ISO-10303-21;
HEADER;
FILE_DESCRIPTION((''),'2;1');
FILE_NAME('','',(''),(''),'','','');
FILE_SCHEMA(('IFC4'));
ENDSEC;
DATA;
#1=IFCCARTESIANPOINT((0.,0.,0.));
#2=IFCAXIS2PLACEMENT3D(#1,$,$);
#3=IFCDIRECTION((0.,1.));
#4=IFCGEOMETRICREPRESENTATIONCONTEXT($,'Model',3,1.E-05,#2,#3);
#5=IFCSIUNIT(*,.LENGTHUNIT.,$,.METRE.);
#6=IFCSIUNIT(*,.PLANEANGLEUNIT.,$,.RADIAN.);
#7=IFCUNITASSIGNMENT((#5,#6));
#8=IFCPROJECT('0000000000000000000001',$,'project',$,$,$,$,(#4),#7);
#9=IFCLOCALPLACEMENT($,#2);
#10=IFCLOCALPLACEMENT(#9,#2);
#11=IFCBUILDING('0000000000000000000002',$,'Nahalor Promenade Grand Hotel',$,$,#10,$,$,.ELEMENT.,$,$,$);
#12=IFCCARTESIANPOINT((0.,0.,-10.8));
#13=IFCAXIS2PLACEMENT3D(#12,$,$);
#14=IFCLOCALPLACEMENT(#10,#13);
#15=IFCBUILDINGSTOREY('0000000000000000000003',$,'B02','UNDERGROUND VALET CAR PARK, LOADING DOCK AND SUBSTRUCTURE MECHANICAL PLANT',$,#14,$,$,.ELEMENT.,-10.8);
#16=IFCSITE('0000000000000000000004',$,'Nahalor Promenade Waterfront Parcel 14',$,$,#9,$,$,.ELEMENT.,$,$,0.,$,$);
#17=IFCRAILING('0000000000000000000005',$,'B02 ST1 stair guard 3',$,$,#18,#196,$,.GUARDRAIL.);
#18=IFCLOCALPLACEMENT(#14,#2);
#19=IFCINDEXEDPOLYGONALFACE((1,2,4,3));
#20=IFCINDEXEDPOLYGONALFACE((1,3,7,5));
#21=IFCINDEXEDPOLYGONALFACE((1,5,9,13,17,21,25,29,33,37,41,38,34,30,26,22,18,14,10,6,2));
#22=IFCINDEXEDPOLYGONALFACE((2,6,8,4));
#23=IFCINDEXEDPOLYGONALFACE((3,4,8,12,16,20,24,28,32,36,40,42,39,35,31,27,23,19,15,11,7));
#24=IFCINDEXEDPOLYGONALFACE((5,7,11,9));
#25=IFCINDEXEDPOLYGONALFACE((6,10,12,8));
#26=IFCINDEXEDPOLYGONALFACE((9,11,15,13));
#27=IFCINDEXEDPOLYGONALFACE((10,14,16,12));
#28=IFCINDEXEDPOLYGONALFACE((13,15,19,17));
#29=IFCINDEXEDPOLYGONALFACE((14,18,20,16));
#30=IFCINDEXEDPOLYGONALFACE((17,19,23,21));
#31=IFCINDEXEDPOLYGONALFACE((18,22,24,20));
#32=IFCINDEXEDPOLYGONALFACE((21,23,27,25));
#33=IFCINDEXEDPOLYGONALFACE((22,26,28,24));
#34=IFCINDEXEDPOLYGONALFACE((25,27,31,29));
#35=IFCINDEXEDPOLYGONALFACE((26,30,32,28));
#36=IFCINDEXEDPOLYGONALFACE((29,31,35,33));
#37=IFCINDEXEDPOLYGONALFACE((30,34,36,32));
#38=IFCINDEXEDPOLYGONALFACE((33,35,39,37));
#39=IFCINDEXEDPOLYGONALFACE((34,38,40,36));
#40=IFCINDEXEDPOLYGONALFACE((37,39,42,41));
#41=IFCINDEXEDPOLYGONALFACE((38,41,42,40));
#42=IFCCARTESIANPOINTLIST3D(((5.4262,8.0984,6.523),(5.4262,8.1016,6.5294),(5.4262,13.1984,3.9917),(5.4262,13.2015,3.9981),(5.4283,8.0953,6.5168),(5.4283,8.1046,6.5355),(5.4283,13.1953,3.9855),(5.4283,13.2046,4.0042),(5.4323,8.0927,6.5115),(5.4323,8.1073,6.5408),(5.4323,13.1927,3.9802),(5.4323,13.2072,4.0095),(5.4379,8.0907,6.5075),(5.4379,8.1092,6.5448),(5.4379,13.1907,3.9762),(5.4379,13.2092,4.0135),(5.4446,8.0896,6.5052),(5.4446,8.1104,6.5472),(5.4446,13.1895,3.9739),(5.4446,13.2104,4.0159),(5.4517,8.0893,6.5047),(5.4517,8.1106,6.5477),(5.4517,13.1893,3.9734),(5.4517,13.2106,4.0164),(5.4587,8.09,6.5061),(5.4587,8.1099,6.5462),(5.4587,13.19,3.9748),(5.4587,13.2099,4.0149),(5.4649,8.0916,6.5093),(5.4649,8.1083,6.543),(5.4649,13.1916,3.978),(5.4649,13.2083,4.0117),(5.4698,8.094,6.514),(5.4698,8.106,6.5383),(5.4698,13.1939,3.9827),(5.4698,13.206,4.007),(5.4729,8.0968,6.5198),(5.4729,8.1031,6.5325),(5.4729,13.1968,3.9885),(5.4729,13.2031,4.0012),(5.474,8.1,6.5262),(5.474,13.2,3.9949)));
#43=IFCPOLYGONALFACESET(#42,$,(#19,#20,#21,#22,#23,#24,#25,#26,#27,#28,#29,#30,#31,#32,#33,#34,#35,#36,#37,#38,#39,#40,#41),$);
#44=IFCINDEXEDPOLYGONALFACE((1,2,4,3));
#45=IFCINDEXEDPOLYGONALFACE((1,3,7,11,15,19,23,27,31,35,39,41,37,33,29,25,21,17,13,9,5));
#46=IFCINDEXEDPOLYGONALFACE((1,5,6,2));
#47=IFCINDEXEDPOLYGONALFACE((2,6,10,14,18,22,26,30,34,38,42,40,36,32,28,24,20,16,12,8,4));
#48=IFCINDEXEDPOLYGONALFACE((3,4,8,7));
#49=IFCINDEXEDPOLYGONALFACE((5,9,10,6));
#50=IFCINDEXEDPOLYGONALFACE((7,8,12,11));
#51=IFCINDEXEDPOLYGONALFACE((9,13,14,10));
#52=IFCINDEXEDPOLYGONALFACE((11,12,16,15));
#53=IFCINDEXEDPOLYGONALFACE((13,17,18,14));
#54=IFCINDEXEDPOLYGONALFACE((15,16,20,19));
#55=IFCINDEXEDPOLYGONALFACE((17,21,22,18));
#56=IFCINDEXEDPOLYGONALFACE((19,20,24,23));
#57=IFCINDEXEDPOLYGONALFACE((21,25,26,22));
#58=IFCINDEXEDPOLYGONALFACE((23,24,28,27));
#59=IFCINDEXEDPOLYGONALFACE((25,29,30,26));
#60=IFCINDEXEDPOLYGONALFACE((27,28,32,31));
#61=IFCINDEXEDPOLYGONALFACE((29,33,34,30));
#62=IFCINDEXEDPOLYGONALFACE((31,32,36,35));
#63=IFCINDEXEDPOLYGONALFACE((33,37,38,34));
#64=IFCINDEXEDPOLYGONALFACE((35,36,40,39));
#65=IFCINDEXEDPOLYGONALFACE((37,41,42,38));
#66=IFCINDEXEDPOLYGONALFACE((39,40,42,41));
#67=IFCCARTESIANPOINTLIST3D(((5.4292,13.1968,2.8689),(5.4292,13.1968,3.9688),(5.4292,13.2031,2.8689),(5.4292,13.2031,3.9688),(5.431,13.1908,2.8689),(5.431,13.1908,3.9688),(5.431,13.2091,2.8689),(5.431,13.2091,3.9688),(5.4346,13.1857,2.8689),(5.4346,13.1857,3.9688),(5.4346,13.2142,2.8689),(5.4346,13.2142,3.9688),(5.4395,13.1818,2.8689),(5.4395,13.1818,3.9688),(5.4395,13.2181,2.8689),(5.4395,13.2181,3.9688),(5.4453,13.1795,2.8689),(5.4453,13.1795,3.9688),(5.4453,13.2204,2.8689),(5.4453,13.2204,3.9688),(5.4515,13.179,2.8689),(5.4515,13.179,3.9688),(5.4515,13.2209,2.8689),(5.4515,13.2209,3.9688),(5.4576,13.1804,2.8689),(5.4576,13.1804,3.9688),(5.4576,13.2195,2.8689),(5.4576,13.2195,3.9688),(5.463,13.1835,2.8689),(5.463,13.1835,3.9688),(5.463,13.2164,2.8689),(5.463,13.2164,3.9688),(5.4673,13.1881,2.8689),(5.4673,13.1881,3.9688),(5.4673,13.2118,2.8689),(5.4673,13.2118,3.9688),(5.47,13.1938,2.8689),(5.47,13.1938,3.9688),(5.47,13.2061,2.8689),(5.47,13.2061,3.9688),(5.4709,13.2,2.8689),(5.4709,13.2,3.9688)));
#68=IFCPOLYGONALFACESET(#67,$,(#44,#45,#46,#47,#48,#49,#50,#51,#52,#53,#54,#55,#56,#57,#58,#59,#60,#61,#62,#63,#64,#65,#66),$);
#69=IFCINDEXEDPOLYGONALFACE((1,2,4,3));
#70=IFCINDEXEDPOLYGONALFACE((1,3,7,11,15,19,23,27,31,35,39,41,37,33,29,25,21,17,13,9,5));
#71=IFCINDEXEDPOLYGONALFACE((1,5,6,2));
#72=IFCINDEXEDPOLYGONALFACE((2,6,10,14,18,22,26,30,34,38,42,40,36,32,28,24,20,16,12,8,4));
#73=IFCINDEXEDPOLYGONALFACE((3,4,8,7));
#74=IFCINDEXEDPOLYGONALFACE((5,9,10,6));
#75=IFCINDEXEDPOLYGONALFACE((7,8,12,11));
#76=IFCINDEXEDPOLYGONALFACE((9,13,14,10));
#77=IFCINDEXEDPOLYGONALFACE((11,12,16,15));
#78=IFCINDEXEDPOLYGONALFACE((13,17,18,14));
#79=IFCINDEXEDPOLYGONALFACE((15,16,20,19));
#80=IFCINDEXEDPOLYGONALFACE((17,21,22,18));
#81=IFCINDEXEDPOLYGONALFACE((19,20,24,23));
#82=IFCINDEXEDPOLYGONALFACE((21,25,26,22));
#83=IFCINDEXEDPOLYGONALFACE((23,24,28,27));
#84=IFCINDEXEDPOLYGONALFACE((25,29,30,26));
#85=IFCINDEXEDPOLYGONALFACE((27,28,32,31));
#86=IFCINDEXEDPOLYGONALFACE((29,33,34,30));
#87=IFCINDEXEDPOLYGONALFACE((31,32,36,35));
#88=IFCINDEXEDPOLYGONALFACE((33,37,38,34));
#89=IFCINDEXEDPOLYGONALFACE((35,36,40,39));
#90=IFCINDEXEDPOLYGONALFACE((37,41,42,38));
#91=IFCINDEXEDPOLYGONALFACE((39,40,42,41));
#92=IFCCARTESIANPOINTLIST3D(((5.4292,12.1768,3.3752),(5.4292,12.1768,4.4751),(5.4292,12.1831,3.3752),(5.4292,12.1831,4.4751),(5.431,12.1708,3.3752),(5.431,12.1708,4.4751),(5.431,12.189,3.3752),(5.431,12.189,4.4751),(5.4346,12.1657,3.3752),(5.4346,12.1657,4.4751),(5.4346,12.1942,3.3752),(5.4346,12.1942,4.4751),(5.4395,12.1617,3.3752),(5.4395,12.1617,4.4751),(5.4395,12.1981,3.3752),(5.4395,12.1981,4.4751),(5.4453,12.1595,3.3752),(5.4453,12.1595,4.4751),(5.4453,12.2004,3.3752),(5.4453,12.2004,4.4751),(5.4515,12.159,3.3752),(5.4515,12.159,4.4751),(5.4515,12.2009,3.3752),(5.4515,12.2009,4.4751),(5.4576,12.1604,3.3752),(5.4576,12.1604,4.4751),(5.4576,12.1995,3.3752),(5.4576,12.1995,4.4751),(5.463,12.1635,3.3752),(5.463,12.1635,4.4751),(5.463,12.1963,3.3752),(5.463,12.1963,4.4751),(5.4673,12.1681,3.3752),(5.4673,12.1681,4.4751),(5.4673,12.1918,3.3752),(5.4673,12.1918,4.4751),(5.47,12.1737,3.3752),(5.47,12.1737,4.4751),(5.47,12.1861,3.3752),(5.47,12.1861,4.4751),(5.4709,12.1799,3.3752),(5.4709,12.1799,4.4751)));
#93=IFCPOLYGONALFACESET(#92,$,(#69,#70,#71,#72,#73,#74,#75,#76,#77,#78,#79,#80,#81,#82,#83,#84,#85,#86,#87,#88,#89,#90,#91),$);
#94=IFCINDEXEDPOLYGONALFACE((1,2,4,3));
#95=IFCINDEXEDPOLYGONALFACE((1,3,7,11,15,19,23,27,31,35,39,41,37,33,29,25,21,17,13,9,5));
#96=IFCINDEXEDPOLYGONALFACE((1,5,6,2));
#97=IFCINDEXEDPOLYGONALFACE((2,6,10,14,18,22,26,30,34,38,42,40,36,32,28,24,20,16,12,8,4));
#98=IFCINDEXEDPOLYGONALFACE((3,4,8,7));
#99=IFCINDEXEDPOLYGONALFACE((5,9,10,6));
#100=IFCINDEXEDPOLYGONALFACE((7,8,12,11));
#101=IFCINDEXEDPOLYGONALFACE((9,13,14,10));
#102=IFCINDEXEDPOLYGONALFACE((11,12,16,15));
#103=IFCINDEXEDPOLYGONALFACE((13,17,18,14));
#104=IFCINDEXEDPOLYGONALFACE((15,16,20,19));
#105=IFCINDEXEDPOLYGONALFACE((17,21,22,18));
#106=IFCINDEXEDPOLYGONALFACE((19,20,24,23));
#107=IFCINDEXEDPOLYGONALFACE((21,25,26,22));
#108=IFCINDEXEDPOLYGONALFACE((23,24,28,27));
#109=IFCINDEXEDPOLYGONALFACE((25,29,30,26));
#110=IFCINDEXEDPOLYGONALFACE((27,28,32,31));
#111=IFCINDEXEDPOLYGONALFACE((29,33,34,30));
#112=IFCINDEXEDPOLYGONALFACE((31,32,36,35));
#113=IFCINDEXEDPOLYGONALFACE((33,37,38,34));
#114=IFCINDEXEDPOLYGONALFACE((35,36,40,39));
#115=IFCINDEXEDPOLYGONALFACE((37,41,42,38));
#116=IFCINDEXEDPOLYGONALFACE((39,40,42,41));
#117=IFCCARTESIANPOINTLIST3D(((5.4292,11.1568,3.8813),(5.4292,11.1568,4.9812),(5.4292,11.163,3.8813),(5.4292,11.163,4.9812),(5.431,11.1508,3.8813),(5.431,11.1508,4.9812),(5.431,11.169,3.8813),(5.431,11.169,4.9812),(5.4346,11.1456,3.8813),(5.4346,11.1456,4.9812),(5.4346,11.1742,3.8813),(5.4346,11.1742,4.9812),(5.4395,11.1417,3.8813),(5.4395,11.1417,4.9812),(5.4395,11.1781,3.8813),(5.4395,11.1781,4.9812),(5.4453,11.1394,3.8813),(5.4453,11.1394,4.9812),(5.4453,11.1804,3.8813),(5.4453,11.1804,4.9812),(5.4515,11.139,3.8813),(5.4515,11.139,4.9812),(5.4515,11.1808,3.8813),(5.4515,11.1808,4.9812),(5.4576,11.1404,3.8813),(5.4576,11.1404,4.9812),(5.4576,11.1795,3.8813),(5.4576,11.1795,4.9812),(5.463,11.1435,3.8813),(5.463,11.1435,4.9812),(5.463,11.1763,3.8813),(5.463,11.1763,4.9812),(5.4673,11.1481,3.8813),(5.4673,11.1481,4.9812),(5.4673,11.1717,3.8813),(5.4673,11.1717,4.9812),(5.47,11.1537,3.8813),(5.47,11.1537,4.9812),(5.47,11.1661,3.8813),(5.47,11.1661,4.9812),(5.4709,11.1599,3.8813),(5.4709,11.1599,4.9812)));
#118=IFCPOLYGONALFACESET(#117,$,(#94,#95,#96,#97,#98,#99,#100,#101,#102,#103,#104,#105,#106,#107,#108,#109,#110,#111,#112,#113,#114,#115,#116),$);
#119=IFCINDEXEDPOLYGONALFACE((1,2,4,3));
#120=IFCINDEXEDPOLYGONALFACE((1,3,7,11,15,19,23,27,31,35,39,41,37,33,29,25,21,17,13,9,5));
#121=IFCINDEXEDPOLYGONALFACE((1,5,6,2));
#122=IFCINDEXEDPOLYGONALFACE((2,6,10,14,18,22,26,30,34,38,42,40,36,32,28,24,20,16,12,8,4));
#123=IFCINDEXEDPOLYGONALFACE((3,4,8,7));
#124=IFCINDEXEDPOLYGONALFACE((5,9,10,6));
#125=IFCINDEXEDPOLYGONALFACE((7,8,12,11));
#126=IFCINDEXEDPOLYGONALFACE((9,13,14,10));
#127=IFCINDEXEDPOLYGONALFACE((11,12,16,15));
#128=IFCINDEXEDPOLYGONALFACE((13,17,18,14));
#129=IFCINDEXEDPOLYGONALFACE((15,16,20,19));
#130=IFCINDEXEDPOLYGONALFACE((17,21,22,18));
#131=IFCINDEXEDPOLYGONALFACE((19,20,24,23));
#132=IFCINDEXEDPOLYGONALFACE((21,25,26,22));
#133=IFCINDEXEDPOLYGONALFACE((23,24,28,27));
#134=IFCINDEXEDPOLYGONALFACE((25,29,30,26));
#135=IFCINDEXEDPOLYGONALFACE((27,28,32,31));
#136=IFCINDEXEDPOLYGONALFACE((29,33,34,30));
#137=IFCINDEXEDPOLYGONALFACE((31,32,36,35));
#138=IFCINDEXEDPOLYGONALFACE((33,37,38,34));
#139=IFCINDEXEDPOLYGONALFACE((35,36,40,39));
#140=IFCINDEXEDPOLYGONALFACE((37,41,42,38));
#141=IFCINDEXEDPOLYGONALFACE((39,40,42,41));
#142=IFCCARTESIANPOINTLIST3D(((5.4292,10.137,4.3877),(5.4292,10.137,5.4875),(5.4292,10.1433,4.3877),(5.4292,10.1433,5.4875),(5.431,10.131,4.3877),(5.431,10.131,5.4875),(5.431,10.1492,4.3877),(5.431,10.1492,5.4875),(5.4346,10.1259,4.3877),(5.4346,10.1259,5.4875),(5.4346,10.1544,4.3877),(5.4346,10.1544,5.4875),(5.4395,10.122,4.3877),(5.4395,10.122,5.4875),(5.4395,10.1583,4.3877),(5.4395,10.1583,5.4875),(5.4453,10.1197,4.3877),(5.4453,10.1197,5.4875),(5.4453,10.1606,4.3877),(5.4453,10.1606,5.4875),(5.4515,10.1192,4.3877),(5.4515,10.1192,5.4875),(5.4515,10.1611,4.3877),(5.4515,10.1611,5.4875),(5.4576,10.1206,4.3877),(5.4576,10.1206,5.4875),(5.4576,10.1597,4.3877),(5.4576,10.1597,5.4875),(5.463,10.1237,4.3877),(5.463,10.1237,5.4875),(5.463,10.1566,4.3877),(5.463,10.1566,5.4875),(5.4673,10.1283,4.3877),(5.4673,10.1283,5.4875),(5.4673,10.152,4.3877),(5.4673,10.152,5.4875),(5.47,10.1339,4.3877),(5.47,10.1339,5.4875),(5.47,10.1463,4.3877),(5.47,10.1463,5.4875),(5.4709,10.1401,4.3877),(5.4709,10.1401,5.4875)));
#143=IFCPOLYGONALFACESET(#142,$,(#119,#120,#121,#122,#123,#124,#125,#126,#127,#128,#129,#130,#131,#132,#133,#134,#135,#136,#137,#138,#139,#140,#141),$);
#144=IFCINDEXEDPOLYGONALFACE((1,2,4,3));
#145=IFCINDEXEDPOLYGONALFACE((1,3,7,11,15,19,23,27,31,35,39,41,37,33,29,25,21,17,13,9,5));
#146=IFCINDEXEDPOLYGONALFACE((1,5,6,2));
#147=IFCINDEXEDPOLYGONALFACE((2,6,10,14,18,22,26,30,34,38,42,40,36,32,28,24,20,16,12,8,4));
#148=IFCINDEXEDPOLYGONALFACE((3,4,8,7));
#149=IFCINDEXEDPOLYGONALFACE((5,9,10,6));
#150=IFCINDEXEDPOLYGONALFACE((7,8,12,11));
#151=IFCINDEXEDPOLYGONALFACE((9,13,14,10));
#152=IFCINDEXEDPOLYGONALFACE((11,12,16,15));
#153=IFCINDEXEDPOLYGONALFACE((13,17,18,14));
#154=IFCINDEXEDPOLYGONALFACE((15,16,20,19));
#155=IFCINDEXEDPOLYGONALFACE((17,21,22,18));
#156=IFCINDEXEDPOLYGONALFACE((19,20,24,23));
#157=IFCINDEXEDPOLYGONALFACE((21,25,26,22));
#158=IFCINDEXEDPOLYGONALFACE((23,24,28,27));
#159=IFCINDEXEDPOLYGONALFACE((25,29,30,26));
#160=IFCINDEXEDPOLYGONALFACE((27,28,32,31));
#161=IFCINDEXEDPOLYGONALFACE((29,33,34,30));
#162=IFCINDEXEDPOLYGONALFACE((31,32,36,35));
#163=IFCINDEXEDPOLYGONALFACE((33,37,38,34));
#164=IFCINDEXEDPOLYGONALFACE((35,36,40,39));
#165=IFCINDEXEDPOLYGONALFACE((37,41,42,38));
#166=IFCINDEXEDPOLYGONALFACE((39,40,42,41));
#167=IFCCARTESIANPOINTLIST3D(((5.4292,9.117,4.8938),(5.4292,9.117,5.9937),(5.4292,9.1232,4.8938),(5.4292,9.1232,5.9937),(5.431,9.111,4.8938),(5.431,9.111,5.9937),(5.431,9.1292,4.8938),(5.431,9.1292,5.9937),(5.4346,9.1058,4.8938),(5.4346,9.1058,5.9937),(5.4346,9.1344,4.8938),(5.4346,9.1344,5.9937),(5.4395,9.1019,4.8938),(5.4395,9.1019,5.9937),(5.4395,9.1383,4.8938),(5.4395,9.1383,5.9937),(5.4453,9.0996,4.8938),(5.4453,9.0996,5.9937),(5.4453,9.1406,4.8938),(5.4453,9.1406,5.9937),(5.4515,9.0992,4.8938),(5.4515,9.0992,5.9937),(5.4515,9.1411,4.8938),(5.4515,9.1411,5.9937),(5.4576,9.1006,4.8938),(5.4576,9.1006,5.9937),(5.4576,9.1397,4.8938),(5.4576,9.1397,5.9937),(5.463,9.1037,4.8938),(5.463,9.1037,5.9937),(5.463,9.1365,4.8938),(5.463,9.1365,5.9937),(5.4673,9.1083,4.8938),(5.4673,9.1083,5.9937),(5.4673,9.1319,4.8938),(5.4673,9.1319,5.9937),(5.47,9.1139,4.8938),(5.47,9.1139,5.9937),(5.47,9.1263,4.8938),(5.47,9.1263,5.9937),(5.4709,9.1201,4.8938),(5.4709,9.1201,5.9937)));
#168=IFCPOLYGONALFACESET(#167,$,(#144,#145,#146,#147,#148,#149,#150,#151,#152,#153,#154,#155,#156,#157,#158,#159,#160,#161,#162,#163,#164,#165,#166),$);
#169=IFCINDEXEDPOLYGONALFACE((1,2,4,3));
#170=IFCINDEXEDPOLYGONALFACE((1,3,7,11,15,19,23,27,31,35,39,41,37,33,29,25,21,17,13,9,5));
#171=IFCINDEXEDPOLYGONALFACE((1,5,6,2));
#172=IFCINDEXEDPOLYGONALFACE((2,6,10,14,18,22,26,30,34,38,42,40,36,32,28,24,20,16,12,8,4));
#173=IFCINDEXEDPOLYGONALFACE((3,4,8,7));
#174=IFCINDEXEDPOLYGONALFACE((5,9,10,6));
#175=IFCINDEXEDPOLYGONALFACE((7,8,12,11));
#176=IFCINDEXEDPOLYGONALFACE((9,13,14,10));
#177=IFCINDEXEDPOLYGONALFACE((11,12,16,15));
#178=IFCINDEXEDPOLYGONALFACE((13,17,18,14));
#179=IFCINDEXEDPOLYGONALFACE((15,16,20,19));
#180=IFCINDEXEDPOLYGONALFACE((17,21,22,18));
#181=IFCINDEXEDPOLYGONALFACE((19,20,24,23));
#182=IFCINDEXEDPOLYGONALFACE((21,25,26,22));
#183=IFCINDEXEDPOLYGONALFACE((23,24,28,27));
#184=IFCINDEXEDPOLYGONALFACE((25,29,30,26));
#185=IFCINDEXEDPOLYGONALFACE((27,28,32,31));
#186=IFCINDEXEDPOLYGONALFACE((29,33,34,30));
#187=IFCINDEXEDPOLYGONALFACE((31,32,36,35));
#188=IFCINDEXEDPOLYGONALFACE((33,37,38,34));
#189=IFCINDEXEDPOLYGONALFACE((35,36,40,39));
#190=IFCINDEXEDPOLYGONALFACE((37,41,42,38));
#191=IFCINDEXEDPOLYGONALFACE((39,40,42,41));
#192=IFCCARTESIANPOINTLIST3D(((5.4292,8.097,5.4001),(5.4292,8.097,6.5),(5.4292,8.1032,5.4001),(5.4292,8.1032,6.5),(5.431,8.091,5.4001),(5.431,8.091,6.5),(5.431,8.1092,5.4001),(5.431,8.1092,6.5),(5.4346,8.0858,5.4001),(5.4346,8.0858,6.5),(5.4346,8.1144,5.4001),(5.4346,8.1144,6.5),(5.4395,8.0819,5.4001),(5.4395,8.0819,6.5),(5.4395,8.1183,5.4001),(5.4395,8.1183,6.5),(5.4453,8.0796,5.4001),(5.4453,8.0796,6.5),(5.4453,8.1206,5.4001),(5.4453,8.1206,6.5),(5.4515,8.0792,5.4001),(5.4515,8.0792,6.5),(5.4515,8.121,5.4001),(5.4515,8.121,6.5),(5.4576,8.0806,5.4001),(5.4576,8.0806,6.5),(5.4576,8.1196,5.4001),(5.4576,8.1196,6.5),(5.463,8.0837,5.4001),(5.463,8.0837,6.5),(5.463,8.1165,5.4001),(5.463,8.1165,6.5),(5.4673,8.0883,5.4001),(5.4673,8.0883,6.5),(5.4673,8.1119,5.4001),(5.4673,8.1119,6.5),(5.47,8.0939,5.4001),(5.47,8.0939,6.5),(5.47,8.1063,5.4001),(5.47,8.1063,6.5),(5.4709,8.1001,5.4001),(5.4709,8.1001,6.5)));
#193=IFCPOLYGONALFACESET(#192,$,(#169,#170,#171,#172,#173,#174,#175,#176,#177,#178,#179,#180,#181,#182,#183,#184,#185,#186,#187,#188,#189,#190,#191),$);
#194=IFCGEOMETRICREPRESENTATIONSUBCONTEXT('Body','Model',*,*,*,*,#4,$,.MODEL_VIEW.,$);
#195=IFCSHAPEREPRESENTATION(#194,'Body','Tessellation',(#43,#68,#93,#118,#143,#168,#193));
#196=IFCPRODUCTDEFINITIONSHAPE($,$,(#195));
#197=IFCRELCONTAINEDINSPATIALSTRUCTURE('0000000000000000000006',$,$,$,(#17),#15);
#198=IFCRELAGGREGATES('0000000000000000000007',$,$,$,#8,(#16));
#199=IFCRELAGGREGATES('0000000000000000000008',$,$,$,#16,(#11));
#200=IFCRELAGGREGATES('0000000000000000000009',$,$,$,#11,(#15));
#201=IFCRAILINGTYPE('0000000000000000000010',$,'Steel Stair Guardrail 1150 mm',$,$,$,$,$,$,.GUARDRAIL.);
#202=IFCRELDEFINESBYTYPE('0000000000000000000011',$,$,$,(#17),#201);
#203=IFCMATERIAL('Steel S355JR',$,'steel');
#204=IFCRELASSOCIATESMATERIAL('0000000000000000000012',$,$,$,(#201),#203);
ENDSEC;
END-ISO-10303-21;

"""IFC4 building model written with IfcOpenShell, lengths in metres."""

from ifc_helpers import new_model, si_unit, direction, frame, origin, origin_2d, place, context, subcontext, project, spatial, circle, extrude, material, type_object, element, save


model = new_model("IFC4")

# Units and contexts
model_context = context("Model", 3, precision=1e-05, world=origin(), true_north=direction((0.0, 1.0)))
body_context = subcontext(model_context, "Body", "Model", "MODEL_VIEW")
ifc_project = project(units=[si_unit("LENGTHUNIT", "METRE"), si_unit("PLANEANGLEUNIT", "RADIAN")], contexts=[model_context])

# Site, building, storey
site_placement = place(None, origin())
site = spatial("IfcSite", under=ifc_project, at=site_placement, Name="Nahalor Promenade Waterfront Parcel 14", CompositionType="ELEMENT", RefElevation=0.0)
building_placement = place(site_placement, origin())
building = spatial("IfcBuilding", under=site, at=building_placement, Name="Nahalor Promenade Grand Hotel", CompositionType="ELEMENT")
storey_placement = place(building_placement, frame((0.0, 0.0, -10.8)))
storey = spatial("IfcBuildingStorey", under=building, at=storey_placement, Name="B02", Description="UNDERGROUND VALET CAR PARK, LOADING DOCK AND SUBSTRUCTURE MECHANICAL PLANT", CompositionType="ELEMENT", Elevation=-10.8)

# Shared definitions
ifc_material_1 = material(Name="Steel S355JR", Category="steel")

# Railing
railing_type_1 = type_object("IfcRailingType", Name="Steel Stair Guardrail 1150 mm", PredefinedType="GUARDRAIL", material=ifc_material_1)
railing_1_placement = place(storey_placement, frame((5.45, 13.2, 2.8689)))
element("IfcRailing", 1, at=railing_1_placement, inside=storey, type_object=railing_type_1, Name="B02 ST1 stair guard 3", PredefinedType="GUARDRAIL", context=body_context, shape_type="SweptSolid", body=[
    extrude(circle(Radius=0.024, at=origin_2d()), frame((0.0, 0.0, 1.126), z_axis=(0.0, -0.895735, 0.444587), x_axis=(1.0, 0.0, 0.0)), (0.0, 0.0, 1.0), 5.6936),
    extrude(circle(Radius=0.021, at=origin_2d()), origin(), (0.0, 0.0, 1.0), 1.0999),
    extrude(circle(Radius=0.021, at=origin_2d()), frame((0.0, -1.02, 0.5063)), (0.0, 0.0, 1.0), 1.0999),
    extrude(circle(Radius=0.021, at=origin_2d()), frame((0.0, -2.04, 1.0125)), (0.0, 0.0, 1.0), 1.0999),
    extrude(circle(Radius=0.021, at=origin_2d()), frame((0.0, -3.0598, 1.5188)), (0.0, 0.0, 1.0), 1.0999),
    extrude(circle(Radius=0.021, at=origin_2d()), frame((0.0, -4.0798, 2.0249)), (0.0, 0.0, 1.0), 1.0999),
    extrude(circle(Radius=0.021, at=origin_2d()), frame((0.0, -5.0999, 2.5312)), (0.0, 0.0, 1.0), 1.0999),
])

save(model, "model.ifc")
